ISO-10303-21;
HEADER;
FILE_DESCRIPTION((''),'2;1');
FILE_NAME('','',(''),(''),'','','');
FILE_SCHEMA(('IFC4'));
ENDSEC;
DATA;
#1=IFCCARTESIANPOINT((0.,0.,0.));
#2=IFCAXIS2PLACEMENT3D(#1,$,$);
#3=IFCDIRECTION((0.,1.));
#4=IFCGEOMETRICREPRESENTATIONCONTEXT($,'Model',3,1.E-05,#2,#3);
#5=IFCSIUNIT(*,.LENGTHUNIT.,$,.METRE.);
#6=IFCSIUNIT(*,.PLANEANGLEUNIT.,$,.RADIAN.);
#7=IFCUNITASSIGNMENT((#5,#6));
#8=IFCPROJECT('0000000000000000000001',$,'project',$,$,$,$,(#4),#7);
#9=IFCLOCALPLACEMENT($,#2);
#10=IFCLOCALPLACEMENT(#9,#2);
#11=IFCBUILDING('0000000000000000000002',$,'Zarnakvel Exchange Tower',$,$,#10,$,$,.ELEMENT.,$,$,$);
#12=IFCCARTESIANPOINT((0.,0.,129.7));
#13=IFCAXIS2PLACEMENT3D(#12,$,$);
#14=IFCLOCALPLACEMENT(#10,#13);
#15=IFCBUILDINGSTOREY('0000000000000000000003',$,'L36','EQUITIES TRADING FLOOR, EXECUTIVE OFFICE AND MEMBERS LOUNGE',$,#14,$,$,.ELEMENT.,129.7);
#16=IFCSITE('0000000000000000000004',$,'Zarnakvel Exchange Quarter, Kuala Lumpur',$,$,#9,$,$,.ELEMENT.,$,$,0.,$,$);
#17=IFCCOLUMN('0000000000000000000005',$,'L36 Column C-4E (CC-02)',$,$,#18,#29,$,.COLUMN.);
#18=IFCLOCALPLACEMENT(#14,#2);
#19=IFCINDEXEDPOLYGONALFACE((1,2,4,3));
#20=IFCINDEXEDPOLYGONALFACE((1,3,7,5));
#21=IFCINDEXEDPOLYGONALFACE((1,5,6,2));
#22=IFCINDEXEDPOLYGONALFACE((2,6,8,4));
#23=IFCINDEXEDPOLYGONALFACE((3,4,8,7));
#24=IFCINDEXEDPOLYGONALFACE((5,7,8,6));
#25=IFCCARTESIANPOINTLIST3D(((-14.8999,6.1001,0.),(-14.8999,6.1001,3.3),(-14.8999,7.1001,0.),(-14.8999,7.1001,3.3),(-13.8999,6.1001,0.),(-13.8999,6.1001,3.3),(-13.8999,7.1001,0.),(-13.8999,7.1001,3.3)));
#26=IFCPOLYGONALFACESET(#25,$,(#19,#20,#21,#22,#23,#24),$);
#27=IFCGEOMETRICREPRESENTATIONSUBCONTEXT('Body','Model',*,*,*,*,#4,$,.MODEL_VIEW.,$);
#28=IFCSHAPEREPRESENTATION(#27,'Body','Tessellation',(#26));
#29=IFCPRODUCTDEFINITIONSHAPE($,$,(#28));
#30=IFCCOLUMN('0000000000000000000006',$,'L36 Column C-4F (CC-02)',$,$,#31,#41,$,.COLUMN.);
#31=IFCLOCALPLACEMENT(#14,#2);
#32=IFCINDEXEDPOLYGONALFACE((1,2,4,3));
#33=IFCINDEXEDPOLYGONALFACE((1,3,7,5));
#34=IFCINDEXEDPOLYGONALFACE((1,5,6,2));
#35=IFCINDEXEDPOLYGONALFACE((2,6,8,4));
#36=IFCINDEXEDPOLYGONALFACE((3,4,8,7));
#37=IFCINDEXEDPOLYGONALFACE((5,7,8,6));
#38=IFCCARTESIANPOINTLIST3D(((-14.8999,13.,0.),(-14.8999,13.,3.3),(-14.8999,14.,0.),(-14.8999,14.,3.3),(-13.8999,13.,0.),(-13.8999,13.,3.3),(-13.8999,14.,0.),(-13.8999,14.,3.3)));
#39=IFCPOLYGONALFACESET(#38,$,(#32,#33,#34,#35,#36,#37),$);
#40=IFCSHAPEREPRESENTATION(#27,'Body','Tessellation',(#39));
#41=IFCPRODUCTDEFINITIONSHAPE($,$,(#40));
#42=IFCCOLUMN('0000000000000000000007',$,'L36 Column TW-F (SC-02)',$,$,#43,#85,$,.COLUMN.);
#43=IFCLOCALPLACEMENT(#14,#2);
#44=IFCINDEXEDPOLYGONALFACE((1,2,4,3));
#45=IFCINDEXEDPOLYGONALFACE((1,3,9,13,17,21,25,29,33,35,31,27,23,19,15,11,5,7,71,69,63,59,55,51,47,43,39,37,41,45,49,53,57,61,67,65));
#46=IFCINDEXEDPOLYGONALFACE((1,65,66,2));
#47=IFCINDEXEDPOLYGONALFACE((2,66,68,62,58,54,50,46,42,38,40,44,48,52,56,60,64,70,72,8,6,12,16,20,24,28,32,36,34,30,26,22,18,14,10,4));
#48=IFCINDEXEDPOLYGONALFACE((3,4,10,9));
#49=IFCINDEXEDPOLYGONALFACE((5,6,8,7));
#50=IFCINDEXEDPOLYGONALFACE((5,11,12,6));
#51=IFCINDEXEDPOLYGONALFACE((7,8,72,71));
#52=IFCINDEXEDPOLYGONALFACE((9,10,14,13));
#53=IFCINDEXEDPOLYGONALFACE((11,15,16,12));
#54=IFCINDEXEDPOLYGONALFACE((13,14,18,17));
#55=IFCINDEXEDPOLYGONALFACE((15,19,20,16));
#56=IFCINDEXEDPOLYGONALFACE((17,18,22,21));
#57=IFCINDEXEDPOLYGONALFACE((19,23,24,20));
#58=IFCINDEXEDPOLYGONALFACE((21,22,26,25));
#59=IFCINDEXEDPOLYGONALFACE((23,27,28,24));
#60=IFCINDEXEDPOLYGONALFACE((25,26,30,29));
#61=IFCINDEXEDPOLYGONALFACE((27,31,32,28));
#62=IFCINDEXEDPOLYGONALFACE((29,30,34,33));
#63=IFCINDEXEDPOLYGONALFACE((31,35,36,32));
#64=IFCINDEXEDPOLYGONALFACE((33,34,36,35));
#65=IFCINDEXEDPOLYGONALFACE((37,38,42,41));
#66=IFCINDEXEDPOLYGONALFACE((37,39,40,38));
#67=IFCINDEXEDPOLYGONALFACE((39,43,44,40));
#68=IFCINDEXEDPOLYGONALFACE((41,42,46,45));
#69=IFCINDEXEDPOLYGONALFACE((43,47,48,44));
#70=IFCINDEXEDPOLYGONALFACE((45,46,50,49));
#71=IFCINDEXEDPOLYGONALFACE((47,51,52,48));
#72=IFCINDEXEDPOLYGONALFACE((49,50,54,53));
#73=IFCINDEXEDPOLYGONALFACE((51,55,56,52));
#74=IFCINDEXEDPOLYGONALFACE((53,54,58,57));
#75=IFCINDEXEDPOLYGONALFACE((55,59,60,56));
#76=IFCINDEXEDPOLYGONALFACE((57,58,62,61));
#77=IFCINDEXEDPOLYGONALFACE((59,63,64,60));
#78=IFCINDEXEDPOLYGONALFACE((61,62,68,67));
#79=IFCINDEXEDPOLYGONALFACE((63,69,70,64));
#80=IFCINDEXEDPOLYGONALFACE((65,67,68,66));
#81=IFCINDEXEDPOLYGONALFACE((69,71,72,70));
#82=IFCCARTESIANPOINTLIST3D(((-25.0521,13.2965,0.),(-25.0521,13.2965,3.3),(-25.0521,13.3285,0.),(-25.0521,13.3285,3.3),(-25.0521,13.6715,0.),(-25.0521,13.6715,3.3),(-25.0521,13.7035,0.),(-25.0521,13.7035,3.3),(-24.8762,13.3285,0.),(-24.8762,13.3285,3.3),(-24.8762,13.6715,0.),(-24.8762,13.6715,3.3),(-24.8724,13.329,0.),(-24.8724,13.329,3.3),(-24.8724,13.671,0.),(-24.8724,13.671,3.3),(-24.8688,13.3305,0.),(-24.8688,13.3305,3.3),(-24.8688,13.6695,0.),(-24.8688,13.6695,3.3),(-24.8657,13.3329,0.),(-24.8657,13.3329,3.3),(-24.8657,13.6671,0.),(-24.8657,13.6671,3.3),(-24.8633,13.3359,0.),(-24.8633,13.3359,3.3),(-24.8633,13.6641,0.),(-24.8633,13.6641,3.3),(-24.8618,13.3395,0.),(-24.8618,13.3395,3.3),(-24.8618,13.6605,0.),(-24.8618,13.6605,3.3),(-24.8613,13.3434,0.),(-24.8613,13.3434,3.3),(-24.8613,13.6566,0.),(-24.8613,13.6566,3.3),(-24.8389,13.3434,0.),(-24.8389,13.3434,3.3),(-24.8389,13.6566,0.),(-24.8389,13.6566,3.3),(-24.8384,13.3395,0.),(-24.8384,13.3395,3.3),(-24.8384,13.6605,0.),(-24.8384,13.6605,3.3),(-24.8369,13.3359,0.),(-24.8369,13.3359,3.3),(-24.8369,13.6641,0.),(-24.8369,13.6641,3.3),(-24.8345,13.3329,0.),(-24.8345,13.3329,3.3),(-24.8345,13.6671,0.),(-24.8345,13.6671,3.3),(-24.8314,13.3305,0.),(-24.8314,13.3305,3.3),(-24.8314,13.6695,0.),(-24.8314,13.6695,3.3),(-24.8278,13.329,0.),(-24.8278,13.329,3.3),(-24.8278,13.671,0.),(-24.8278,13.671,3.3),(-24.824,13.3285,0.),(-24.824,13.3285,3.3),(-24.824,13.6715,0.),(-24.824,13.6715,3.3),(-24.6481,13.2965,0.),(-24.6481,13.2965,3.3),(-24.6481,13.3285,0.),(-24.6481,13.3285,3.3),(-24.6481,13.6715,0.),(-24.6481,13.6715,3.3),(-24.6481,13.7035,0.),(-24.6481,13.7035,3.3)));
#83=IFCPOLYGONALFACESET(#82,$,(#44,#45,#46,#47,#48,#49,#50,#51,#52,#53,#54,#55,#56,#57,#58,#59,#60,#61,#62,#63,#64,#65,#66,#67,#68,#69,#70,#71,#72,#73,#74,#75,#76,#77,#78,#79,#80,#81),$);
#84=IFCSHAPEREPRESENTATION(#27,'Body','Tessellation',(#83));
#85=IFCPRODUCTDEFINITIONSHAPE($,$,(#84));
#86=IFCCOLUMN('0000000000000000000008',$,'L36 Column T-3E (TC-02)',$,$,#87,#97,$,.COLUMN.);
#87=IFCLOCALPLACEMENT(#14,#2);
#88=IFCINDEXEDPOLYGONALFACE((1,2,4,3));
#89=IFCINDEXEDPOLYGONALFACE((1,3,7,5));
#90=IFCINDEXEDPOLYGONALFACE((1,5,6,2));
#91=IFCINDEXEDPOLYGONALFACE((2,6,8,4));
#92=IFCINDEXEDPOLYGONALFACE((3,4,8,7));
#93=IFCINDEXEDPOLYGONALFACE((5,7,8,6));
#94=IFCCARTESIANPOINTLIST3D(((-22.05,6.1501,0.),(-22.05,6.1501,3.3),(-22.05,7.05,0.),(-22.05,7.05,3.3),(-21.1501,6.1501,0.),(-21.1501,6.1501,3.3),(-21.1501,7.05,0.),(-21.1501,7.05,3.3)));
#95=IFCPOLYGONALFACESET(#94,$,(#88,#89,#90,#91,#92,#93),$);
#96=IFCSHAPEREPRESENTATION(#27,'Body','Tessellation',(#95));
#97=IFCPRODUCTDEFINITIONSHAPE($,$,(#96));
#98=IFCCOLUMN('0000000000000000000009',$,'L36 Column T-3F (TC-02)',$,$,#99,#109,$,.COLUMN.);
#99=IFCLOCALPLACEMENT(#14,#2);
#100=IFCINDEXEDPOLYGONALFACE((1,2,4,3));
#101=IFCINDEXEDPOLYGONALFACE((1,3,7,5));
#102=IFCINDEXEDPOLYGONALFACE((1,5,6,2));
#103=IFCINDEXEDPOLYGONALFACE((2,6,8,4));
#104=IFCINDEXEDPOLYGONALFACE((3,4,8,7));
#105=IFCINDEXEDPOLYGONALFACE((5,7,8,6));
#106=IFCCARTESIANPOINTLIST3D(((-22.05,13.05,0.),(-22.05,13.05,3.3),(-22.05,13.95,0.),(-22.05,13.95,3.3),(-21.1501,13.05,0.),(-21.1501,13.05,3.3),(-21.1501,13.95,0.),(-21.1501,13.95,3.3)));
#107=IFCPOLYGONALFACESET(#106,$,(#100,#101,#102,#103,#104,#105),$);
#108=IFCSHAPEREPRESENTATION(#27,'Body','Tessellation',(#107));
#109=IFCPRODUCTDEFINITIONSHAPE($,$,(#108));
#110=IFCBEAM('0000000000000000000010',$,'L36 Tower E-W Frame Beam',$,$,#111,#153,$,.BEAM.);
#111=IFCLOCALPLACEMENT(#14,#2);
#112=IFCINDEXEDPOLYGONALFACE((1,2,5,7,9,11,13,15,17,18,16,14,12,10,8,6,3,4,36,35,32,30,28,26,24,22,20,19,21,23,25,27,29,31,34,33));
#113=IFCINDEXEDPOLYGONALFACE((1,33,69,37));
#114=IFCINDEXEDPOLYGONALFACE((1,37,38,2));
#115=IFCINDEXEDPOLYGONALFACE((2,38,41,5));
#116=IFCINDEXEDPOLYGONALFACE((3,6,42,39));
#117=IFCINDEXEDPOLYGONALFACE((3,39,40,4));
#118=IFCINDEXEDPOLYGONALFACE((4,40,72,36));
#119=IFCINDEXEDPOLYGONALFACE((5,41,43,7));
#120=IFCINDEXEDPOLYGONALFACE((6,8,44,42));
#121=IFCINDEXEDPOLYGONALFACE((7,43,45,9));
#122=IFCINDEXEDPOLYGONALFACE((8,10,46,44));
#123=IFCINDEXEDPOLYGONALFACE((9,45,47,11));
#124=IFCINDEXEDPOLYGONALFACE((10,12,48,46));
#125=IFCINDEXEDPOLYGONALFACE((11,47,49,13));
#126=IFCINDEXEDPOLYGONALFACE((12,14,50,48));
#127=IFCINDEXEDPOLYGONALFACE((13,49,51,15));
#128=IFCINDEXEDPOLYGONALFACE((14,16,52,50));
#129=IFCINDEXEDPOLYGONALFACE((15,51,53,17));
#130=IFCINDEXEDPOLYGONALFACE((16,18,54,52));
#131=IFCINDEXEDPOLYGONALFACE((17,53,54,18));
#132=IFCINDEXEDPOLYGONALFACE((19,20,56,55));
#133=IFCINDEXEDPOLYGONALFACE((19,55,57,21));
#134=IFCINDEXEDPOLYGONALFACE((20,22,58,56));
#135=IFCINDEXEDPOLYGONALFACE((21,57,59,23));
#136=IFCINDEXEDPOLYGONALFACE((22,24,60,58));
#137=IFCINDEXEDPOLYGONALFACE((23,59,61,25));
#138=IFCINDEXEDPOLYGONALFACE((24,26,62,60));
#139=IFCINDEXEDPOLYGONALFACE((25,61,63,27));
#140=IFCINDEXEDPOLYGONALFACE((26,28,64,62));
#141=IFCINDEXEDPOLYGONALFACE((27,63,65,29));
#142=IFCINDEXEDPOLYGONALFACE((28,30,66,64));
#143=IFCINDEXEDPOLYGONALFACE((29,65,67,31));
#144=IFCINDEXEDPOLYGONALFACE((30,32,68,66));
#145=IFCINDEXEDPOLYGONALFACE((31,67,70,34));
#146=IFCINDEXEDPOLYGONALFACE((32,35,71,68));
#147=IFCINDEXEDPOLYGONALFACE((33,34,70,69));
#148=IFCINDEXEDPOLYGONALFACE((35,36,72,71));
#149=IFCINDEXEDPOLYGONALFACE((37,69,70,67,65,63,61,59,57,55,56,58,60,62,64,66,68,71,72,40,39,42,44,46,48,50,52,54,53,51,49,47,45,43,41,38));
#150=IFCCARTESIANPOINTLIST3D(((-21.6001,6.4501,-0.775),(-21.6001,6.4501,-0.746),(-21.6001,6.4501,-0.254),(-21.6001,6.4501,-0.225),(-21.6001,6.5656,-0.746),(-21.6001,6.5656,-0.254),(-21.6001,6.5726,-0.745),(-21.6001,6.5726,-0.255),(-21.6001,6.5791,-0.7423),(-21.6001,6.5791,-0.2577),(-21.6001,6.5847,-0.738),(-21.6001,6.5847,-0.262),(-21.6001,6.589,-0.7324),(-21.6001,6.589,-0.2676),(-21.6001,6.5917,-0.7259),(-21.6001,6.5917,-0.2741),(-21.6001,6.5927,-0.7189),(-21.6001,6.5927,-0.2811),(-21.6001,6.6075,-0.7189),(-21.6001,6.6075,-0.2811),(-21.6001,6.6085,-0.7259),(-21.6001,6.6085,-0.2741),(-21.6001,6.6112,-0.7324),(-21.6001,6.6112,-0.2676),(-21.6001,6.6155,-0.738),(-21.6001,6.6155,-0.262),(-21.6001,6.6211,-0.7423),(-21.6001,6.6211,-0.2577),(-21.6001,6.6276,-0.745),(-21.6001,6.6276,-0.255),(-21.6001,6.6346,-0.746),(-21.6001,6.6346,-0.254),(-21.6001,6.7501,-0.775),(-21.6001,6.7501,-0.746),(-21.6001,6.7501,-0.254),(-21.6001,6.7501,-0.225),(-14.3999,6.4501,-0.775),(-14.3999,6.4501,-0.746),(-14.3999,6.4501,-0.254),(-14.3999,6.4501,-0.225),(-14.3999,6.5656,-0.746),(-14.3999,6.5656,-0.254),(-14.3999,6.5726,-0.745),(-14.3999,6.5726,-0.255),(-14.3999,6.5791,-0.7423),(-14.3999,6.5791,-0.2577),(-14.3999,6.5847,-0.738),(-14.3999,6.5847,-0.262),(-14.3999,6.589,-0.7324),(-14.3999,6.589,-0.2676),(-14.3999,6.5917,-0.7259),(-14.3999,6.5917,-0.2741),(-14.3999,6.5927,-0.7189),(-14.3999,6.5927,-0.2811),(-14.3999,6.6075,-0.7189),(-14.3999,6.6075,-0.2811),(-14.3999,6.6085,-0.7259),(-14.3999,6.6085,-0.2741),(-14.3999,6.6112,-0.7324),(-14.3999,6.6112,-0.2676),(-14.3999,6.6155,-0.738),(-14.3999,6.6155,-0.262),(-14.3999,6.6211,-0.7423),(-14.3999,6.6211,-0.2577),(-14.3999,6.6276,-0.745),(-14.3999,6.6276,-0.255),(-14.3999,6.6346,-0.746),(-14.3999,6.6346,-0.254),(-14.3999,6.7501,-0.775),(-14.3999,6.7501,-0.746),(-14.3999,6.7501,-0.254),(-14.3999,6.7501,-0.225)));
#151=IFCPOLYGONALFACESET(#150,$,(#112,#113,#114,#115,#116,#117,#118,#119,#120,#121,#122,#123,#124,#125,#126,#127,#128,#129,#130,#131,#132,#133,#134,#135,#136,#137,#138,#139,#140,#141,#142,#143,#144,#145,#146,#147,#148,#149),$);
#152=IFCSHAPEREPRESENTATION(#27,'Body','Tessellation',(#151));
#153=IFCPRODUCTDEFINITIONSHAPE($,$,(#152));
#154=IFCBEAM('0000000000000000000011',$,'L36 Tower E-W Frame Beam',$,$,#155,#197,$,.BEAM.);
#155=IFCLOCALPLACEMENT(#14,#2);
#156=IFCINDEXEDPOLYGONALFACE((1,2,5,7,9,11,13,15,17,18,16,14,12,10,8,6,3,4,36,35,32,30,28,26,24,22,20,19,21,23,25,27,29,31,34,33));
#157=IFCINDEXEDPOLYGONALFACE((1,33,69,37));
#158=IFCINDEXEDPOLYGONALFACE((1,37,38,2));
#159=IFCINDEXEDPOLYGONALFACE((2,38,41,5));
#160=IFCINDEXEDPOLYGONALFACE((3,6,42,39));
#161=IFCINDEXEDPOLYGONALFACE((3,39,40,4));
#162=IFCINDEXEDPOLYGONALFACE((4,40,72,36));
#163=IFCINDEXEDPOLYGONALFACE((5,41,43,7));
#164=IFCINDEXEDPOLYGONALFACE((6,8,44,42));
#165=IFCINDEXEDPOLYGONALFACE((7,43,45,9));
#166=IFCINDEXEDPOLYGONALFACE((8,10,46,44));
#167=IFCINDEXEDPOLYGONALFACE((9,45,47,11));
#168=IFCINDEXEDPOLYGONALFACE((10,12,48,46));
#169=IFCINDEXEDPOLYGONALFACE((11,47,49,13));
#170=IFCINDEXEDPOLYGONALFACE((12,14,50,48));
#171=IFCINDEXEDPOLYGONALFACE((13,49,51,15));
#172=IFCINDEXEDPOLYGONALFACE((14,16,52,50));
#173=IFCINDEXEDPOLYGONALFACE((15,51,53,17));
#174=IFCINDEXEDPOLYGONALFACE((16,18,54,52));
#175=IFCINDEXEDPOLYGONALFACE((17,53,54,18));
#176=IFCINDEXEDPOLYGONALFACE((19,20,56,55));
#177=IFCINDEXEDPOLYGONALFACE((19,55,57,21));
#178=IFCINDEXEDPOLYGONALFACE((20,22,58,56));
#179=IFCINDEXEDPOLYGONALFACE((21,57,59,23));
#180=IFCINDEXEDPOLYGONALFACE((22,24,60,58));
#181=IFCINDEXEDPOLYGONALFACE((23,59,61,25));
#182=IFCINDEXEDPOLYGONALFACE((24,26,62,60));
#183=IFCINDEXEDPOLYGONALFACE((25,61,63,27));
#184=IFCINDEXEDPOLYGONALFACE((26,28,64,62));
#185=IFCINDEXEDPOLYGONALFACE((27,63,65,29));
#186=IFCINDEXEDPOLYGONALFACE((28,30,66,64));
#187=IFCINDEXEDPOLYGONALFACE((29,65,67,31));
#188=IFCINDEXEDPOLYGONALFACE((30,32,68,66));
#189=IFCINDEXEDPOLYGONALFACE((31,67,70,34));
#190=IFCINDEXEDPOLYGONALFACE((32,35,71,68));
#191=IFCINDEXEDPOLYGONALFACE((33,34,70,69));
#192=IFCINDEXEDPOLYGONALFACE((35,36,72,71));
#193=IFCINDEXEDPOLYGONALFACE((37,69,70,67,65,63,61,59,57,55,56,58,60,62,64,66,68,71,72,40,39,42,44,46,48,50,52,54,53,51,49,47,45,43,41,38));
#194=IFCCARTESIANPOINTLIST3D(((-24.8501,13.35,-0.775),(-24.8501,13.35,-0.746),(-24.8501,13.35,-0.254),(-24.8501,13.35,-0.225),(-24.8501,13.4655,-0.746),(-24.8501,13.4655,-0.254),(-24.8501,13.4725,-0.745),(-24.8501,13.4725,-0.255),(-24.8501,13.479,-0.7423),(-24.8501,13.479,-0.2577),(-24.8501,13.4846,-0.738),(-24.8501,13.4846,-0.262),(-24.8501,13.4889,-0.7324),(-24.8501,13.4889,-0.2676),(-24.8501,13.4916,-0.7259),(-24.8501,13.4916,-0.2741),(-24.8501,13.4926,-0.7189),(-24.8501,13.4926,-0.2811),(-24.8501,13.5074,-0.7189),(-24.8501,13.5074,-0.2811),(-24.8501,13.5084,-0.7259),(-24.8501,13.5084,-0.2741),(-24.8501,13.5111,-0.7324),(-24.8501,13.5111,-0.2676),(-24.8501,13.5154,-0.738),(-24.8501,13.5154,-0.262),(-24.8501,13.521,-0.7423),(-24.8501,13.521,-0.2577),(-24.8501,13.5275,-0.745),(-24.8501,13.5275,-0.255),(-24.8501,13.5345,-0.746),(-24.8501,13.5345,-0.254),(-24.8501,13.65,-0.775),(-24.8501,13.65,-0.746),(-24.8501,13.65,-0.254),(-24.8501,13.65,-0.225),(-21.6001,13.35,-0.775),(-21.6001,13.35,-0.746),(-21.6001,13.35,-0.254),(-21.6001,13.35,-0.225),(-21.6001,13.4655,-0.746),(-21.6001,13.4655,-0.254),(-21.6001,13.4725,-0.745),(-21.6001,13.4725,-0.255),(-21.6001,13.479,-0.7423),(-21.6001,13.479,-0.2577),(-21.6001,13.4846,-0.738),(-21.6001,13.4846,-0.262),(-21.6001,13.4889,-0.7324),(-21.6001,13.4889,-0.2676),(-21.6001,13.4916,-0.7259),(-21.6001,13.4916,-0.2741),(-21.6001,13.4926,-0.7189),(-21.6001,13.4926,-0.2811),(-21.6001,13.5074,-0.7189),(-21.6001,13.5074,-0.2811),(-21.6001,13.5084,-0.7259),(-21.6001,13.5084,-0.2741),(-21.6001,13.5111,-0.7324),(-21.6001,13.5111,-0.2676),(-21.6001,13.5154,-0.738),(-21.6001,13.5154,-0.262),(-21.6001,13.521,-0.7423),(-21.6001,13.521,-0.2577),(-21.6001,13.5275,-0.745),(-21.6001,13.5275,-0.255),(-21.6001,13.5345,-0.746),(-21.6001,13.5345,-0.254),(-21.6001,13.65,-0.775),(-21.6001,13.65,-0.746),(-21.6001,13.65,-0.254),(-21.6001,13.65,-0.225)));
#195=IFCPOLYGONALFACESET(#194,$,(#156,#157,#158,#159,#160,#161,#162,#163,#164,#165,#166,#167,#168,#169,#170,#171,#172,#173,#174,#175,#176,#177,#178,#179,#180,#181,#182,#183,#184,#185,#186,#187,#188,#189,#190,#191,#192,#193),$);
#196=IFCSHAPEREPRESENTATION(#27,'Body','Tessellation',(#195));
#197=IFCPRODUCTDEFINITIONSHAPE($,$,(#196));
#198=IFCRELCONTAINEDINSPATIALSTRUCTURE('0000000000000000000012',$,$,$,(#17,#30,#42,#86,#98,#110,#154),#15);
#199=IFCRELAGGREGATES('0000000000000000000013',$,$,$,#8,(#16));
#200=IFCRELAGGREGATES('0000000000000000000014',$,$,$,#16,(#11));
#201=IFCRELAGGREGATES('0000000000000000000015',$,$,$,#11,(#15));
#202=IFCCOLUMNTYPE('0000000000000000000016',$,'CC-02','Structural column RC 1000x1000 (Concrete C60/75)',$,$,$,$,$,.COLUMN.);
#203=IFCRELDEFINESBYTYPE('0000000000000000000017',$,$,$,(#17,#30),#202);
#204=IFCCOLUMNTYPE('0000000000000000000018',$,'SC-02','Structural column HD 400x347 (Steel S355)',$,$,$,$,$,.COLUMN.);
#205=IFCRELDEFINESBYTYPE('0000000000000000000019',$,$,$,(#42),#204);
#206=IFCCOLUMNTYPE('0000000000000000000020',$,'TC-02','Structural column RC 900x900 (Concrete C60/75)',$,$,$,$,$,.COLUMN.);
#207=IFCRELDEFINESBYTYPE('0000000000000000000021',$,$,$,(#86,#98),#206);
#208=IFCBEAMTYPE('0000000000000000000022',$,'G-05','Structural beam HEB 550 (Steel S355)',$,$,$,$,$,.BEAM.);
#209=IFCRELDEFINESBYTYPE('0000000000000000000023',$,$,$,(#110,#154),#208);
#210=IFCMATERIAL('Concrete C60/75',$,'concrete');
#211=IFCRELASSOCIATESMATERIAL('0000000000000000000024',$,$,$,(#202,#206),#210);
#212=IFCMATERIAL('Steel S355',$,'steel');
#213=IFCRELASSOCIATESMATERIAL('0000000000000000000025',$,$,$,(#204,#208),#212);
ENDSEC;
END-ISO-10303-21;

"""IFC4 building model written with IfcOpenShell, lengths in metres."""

from ifc_helpers import new_model, si_unit, direction, frame, origin, origin_2d, place, context, subcontext, project, spatial, rectangle, i_section, extrude, material, material_profile, profile_set, type_object, element, save


model = new_model("IFC4")

# Units and contexts
model_context = context("Model", 3, precision=1e-05, world=origin(), true_north=direction((0.0, 1.0)))
body_context = subcontext(model_context, "Body", "Model", "MODEL_VIEW")
ifc_project = project(units=[si_unit("LENGTHUNIT", "METRE"), si_unit("PLANEANGLEUNIT", "RADIAN")], contexts=[model_context])

# Site, building, storey
site_placement = place(None, origin())
site = spatial("IfcSite", under=ifc_project, at=site_placement, Name="Zarnakvel Exchange Quarter, Kuala Lumpur", CompositionType="ELEMENT", RefElevation=0.0)
building_placement = place(site_placement, origin())
building = spatial("IfcBuilding", under=site, at=building_placement, Name="Zarnakvel Exchange Tower", CompositionType="ELEMENT")
storey_placement = place(building_placement, frame((0.0, 0.0, 129.7)))
storey = spatial("IfcBuildingStorey", under=building, at=storey_placement, Name="L36", Description="EQUITIES TRADING FLOOR, EXECUTIVE OFFICE AND MEMBERS LOUNGE", CompositionType="ELEMENT", Elevation=129.7)

# Columns
ifc_material_1 = material(Name="Concrete C60/75", Category="concrete")
ifc_material_profile_1 = material_profile(ifc_material_1, rectangle(XDim=1.0, YDim=1.0, at=origin_2d()))
ifc_profile_set_1 = profile_set([ifc_material_profile_1], Name="Concrete C60/75")
column_type_1 = type_object("IfcColumnType", Name="CC-02", Description="Structural column RC 1000x1000 (Concrete C60/75)", PredefinedType="COLUMN", material=ifc_profile_set_1)
for number, where, z_axis, x_axis, name in (
    (1, (-14.3999, 6.6001, 0.0), (0.0, 0.0, 1.0), (1.0, 0.0, 0.0), "L36 Column C-4E (CC-02)"),
    (2, (-14.3999, 13.5, 0.0), (0.0, 0.0, 1.0), (1.0, 0.0, 0.0), "L36 Column C-4F (CC-02)"),
):
    element("IfcColumn", number, at=place(storey_placement, frame(where, z_axis=z_axis, x_axis=x_axis)), inside=storey, type_object=column_type_1, Name=name, PredefinedType="COLUMN", context=body_context, shape_type="SweptSolid", body=[
        extrude(rectangle(XDim=1.0, YDim=1.0, at=origin_2d()), origin(), (0.0, 0.0, 1.0), 3.3),
    ])
ifc_material_2 = material(Name="Steel S355", Category="steel")
ifc_material_profile_2 = material_profile(ifc_material_2, i_section(OverallWidth=0.4041, OverallDepth=0.407, WebThickness=0.0225, FlangeThickness=0.032, FilletRadius=0.0149, at=origin_2d()))
ifc_profile_set_2 = profile_set([ifc_material_profile_2], Name="Steel S355")
column_type_2 = type_object("IfcColumnType", Name="SC-02", Description="Structural column HD 400x347 (Steel S355)", PredefinedType="COLUMN", material=ifc_profile_set_2)
column_placement = place(storey_placement, frame((-24.8501, 13.5, 0.0), z_axis=(0.0, 0.0, 1.0), x_axis=(1.0, 0.0, 0.0)))
element("IfcColumn", 3, at=column_placement, inside=storey, type_object=column_type_2, Name="L36 Column TW-F (SC-02)", PredefinedType="COLUMN", context=body_context, shape_type="SweptSolid", body=[
    extrude(i_section(OverallWidth=0.4041, OverallDepth=0.407, WebThickness=0.0225, FlangeThickness=0.032, FilletRadius=0.0149, at=origin_2d()), origin(), (0.0, 0.0, 1.0), 3.3),
])
ifc_material_profile_3 = material_profile(ifc_material_1, rectangle(XDim=0.8999, YDim=0.8999, at=origin_2d()))
ifc_profile_set_3 = profile_set([ifc_material_profile_3], Name="Concrete C60/75")
column_type_3 = type_object("IfcColumnType", Name="TC-02", Description="Structural column RC 900x900 (Concrete C60/75)", PredefinedType="COLUMN", material=ifc_profile_set_3)
for number, where, z_axis, x_axis, name in (
    (4, (-21.6001, 6.6001, 0.0), (0.0, 0.0, 1.0), (1.0, 0.0, 0.0), "L36 Column T-3E (TC-02)"),
    (5, (-21.6001, 13.5, 0.0), (0.0, 0.0, 1.0), (1.0, 0.0, 0.0), "L36 Column T-3F (TC-02)"),
):
    element("IfcColumn", number, at=place(storey_placement, frame(where, z_axis=z_axis, x_axis=x_axis)), inside=storey, type_object=column_type_3, Name=name, PredefinedType="COLUMN", context=body_context, shape_type="SweptSolid", body=[
        extrude(rectangle(XDim=0.8999, YDim=0.8999, at=origin_2d()), origin(), (0.0, 0.0, 1.0), 3.3),
    ])

# Beams
ifc_material_profile_4 = material_profile(ifc_material_2, i_section(OverallWidth=0.3, OverallDepth=0.55, WebThickness=0.0149, FlangeThickness=0.0291, FilletRadius=0.0271, at=origin_2d()))
ifc_profile_set_4 = profile_set([ifc_material_profile_4], Name="Steel S355")
beam_type = type_object("IfcBeamType", Name="G-05", Description="Structural beam HEB 550 (Steel S355)", PredefinedType="BEAM", material=ifc_profile_set_4)
beam_1_placement = place(storey_placement, frame((-21.6001, 6.6001, -0.5), z_axis=(1.0, 0.0, 0.0), x_axis=(0.0, 1.0, 0.0)))
element("IfcBeam", 6, at=beam_1_placement, inside=storey, type_object=beam_type, Name="L36 Tower E-W Frame Beam", PredefinedType="BEAM", context=body_context, shape_type="SweptSolid", body=[
    extrude(i_section(OverallWidth=0.3, OverallDepth=0.55, WebThickness=0.0149, FlangeThickness=0.0291, FilletRadius=0.0271, at=origin_2d()), origin(), (0.0, 0.0, 1.0), 7.2002),
])
beam_2_placement = place(storey_placement, frame((-24.8501, 13.5, -0.5), z_axis=(1.0, 0.0, 0.0), x_axis=(0.0, 1.0, 0.0)))
element("IfcBeam", 7, at=beam_2_placement, inside=storey, type_object=beam_type, Name="L36 Tower E-W Frame Beam", PredefinedType="BEAM", context=body_context, shape_type="SweptSolid", body=[
    extrude(i_section(OverallWidth=0.3, OverallDepth=0.55, WebThickness=0.0149, FlangeThickness=0.0291, FilletRadius=0.0271, at=origin_2d()), origin(), (0.0, 0.0, 1.0), 3.25),
])

save(model, "model.ifc")
